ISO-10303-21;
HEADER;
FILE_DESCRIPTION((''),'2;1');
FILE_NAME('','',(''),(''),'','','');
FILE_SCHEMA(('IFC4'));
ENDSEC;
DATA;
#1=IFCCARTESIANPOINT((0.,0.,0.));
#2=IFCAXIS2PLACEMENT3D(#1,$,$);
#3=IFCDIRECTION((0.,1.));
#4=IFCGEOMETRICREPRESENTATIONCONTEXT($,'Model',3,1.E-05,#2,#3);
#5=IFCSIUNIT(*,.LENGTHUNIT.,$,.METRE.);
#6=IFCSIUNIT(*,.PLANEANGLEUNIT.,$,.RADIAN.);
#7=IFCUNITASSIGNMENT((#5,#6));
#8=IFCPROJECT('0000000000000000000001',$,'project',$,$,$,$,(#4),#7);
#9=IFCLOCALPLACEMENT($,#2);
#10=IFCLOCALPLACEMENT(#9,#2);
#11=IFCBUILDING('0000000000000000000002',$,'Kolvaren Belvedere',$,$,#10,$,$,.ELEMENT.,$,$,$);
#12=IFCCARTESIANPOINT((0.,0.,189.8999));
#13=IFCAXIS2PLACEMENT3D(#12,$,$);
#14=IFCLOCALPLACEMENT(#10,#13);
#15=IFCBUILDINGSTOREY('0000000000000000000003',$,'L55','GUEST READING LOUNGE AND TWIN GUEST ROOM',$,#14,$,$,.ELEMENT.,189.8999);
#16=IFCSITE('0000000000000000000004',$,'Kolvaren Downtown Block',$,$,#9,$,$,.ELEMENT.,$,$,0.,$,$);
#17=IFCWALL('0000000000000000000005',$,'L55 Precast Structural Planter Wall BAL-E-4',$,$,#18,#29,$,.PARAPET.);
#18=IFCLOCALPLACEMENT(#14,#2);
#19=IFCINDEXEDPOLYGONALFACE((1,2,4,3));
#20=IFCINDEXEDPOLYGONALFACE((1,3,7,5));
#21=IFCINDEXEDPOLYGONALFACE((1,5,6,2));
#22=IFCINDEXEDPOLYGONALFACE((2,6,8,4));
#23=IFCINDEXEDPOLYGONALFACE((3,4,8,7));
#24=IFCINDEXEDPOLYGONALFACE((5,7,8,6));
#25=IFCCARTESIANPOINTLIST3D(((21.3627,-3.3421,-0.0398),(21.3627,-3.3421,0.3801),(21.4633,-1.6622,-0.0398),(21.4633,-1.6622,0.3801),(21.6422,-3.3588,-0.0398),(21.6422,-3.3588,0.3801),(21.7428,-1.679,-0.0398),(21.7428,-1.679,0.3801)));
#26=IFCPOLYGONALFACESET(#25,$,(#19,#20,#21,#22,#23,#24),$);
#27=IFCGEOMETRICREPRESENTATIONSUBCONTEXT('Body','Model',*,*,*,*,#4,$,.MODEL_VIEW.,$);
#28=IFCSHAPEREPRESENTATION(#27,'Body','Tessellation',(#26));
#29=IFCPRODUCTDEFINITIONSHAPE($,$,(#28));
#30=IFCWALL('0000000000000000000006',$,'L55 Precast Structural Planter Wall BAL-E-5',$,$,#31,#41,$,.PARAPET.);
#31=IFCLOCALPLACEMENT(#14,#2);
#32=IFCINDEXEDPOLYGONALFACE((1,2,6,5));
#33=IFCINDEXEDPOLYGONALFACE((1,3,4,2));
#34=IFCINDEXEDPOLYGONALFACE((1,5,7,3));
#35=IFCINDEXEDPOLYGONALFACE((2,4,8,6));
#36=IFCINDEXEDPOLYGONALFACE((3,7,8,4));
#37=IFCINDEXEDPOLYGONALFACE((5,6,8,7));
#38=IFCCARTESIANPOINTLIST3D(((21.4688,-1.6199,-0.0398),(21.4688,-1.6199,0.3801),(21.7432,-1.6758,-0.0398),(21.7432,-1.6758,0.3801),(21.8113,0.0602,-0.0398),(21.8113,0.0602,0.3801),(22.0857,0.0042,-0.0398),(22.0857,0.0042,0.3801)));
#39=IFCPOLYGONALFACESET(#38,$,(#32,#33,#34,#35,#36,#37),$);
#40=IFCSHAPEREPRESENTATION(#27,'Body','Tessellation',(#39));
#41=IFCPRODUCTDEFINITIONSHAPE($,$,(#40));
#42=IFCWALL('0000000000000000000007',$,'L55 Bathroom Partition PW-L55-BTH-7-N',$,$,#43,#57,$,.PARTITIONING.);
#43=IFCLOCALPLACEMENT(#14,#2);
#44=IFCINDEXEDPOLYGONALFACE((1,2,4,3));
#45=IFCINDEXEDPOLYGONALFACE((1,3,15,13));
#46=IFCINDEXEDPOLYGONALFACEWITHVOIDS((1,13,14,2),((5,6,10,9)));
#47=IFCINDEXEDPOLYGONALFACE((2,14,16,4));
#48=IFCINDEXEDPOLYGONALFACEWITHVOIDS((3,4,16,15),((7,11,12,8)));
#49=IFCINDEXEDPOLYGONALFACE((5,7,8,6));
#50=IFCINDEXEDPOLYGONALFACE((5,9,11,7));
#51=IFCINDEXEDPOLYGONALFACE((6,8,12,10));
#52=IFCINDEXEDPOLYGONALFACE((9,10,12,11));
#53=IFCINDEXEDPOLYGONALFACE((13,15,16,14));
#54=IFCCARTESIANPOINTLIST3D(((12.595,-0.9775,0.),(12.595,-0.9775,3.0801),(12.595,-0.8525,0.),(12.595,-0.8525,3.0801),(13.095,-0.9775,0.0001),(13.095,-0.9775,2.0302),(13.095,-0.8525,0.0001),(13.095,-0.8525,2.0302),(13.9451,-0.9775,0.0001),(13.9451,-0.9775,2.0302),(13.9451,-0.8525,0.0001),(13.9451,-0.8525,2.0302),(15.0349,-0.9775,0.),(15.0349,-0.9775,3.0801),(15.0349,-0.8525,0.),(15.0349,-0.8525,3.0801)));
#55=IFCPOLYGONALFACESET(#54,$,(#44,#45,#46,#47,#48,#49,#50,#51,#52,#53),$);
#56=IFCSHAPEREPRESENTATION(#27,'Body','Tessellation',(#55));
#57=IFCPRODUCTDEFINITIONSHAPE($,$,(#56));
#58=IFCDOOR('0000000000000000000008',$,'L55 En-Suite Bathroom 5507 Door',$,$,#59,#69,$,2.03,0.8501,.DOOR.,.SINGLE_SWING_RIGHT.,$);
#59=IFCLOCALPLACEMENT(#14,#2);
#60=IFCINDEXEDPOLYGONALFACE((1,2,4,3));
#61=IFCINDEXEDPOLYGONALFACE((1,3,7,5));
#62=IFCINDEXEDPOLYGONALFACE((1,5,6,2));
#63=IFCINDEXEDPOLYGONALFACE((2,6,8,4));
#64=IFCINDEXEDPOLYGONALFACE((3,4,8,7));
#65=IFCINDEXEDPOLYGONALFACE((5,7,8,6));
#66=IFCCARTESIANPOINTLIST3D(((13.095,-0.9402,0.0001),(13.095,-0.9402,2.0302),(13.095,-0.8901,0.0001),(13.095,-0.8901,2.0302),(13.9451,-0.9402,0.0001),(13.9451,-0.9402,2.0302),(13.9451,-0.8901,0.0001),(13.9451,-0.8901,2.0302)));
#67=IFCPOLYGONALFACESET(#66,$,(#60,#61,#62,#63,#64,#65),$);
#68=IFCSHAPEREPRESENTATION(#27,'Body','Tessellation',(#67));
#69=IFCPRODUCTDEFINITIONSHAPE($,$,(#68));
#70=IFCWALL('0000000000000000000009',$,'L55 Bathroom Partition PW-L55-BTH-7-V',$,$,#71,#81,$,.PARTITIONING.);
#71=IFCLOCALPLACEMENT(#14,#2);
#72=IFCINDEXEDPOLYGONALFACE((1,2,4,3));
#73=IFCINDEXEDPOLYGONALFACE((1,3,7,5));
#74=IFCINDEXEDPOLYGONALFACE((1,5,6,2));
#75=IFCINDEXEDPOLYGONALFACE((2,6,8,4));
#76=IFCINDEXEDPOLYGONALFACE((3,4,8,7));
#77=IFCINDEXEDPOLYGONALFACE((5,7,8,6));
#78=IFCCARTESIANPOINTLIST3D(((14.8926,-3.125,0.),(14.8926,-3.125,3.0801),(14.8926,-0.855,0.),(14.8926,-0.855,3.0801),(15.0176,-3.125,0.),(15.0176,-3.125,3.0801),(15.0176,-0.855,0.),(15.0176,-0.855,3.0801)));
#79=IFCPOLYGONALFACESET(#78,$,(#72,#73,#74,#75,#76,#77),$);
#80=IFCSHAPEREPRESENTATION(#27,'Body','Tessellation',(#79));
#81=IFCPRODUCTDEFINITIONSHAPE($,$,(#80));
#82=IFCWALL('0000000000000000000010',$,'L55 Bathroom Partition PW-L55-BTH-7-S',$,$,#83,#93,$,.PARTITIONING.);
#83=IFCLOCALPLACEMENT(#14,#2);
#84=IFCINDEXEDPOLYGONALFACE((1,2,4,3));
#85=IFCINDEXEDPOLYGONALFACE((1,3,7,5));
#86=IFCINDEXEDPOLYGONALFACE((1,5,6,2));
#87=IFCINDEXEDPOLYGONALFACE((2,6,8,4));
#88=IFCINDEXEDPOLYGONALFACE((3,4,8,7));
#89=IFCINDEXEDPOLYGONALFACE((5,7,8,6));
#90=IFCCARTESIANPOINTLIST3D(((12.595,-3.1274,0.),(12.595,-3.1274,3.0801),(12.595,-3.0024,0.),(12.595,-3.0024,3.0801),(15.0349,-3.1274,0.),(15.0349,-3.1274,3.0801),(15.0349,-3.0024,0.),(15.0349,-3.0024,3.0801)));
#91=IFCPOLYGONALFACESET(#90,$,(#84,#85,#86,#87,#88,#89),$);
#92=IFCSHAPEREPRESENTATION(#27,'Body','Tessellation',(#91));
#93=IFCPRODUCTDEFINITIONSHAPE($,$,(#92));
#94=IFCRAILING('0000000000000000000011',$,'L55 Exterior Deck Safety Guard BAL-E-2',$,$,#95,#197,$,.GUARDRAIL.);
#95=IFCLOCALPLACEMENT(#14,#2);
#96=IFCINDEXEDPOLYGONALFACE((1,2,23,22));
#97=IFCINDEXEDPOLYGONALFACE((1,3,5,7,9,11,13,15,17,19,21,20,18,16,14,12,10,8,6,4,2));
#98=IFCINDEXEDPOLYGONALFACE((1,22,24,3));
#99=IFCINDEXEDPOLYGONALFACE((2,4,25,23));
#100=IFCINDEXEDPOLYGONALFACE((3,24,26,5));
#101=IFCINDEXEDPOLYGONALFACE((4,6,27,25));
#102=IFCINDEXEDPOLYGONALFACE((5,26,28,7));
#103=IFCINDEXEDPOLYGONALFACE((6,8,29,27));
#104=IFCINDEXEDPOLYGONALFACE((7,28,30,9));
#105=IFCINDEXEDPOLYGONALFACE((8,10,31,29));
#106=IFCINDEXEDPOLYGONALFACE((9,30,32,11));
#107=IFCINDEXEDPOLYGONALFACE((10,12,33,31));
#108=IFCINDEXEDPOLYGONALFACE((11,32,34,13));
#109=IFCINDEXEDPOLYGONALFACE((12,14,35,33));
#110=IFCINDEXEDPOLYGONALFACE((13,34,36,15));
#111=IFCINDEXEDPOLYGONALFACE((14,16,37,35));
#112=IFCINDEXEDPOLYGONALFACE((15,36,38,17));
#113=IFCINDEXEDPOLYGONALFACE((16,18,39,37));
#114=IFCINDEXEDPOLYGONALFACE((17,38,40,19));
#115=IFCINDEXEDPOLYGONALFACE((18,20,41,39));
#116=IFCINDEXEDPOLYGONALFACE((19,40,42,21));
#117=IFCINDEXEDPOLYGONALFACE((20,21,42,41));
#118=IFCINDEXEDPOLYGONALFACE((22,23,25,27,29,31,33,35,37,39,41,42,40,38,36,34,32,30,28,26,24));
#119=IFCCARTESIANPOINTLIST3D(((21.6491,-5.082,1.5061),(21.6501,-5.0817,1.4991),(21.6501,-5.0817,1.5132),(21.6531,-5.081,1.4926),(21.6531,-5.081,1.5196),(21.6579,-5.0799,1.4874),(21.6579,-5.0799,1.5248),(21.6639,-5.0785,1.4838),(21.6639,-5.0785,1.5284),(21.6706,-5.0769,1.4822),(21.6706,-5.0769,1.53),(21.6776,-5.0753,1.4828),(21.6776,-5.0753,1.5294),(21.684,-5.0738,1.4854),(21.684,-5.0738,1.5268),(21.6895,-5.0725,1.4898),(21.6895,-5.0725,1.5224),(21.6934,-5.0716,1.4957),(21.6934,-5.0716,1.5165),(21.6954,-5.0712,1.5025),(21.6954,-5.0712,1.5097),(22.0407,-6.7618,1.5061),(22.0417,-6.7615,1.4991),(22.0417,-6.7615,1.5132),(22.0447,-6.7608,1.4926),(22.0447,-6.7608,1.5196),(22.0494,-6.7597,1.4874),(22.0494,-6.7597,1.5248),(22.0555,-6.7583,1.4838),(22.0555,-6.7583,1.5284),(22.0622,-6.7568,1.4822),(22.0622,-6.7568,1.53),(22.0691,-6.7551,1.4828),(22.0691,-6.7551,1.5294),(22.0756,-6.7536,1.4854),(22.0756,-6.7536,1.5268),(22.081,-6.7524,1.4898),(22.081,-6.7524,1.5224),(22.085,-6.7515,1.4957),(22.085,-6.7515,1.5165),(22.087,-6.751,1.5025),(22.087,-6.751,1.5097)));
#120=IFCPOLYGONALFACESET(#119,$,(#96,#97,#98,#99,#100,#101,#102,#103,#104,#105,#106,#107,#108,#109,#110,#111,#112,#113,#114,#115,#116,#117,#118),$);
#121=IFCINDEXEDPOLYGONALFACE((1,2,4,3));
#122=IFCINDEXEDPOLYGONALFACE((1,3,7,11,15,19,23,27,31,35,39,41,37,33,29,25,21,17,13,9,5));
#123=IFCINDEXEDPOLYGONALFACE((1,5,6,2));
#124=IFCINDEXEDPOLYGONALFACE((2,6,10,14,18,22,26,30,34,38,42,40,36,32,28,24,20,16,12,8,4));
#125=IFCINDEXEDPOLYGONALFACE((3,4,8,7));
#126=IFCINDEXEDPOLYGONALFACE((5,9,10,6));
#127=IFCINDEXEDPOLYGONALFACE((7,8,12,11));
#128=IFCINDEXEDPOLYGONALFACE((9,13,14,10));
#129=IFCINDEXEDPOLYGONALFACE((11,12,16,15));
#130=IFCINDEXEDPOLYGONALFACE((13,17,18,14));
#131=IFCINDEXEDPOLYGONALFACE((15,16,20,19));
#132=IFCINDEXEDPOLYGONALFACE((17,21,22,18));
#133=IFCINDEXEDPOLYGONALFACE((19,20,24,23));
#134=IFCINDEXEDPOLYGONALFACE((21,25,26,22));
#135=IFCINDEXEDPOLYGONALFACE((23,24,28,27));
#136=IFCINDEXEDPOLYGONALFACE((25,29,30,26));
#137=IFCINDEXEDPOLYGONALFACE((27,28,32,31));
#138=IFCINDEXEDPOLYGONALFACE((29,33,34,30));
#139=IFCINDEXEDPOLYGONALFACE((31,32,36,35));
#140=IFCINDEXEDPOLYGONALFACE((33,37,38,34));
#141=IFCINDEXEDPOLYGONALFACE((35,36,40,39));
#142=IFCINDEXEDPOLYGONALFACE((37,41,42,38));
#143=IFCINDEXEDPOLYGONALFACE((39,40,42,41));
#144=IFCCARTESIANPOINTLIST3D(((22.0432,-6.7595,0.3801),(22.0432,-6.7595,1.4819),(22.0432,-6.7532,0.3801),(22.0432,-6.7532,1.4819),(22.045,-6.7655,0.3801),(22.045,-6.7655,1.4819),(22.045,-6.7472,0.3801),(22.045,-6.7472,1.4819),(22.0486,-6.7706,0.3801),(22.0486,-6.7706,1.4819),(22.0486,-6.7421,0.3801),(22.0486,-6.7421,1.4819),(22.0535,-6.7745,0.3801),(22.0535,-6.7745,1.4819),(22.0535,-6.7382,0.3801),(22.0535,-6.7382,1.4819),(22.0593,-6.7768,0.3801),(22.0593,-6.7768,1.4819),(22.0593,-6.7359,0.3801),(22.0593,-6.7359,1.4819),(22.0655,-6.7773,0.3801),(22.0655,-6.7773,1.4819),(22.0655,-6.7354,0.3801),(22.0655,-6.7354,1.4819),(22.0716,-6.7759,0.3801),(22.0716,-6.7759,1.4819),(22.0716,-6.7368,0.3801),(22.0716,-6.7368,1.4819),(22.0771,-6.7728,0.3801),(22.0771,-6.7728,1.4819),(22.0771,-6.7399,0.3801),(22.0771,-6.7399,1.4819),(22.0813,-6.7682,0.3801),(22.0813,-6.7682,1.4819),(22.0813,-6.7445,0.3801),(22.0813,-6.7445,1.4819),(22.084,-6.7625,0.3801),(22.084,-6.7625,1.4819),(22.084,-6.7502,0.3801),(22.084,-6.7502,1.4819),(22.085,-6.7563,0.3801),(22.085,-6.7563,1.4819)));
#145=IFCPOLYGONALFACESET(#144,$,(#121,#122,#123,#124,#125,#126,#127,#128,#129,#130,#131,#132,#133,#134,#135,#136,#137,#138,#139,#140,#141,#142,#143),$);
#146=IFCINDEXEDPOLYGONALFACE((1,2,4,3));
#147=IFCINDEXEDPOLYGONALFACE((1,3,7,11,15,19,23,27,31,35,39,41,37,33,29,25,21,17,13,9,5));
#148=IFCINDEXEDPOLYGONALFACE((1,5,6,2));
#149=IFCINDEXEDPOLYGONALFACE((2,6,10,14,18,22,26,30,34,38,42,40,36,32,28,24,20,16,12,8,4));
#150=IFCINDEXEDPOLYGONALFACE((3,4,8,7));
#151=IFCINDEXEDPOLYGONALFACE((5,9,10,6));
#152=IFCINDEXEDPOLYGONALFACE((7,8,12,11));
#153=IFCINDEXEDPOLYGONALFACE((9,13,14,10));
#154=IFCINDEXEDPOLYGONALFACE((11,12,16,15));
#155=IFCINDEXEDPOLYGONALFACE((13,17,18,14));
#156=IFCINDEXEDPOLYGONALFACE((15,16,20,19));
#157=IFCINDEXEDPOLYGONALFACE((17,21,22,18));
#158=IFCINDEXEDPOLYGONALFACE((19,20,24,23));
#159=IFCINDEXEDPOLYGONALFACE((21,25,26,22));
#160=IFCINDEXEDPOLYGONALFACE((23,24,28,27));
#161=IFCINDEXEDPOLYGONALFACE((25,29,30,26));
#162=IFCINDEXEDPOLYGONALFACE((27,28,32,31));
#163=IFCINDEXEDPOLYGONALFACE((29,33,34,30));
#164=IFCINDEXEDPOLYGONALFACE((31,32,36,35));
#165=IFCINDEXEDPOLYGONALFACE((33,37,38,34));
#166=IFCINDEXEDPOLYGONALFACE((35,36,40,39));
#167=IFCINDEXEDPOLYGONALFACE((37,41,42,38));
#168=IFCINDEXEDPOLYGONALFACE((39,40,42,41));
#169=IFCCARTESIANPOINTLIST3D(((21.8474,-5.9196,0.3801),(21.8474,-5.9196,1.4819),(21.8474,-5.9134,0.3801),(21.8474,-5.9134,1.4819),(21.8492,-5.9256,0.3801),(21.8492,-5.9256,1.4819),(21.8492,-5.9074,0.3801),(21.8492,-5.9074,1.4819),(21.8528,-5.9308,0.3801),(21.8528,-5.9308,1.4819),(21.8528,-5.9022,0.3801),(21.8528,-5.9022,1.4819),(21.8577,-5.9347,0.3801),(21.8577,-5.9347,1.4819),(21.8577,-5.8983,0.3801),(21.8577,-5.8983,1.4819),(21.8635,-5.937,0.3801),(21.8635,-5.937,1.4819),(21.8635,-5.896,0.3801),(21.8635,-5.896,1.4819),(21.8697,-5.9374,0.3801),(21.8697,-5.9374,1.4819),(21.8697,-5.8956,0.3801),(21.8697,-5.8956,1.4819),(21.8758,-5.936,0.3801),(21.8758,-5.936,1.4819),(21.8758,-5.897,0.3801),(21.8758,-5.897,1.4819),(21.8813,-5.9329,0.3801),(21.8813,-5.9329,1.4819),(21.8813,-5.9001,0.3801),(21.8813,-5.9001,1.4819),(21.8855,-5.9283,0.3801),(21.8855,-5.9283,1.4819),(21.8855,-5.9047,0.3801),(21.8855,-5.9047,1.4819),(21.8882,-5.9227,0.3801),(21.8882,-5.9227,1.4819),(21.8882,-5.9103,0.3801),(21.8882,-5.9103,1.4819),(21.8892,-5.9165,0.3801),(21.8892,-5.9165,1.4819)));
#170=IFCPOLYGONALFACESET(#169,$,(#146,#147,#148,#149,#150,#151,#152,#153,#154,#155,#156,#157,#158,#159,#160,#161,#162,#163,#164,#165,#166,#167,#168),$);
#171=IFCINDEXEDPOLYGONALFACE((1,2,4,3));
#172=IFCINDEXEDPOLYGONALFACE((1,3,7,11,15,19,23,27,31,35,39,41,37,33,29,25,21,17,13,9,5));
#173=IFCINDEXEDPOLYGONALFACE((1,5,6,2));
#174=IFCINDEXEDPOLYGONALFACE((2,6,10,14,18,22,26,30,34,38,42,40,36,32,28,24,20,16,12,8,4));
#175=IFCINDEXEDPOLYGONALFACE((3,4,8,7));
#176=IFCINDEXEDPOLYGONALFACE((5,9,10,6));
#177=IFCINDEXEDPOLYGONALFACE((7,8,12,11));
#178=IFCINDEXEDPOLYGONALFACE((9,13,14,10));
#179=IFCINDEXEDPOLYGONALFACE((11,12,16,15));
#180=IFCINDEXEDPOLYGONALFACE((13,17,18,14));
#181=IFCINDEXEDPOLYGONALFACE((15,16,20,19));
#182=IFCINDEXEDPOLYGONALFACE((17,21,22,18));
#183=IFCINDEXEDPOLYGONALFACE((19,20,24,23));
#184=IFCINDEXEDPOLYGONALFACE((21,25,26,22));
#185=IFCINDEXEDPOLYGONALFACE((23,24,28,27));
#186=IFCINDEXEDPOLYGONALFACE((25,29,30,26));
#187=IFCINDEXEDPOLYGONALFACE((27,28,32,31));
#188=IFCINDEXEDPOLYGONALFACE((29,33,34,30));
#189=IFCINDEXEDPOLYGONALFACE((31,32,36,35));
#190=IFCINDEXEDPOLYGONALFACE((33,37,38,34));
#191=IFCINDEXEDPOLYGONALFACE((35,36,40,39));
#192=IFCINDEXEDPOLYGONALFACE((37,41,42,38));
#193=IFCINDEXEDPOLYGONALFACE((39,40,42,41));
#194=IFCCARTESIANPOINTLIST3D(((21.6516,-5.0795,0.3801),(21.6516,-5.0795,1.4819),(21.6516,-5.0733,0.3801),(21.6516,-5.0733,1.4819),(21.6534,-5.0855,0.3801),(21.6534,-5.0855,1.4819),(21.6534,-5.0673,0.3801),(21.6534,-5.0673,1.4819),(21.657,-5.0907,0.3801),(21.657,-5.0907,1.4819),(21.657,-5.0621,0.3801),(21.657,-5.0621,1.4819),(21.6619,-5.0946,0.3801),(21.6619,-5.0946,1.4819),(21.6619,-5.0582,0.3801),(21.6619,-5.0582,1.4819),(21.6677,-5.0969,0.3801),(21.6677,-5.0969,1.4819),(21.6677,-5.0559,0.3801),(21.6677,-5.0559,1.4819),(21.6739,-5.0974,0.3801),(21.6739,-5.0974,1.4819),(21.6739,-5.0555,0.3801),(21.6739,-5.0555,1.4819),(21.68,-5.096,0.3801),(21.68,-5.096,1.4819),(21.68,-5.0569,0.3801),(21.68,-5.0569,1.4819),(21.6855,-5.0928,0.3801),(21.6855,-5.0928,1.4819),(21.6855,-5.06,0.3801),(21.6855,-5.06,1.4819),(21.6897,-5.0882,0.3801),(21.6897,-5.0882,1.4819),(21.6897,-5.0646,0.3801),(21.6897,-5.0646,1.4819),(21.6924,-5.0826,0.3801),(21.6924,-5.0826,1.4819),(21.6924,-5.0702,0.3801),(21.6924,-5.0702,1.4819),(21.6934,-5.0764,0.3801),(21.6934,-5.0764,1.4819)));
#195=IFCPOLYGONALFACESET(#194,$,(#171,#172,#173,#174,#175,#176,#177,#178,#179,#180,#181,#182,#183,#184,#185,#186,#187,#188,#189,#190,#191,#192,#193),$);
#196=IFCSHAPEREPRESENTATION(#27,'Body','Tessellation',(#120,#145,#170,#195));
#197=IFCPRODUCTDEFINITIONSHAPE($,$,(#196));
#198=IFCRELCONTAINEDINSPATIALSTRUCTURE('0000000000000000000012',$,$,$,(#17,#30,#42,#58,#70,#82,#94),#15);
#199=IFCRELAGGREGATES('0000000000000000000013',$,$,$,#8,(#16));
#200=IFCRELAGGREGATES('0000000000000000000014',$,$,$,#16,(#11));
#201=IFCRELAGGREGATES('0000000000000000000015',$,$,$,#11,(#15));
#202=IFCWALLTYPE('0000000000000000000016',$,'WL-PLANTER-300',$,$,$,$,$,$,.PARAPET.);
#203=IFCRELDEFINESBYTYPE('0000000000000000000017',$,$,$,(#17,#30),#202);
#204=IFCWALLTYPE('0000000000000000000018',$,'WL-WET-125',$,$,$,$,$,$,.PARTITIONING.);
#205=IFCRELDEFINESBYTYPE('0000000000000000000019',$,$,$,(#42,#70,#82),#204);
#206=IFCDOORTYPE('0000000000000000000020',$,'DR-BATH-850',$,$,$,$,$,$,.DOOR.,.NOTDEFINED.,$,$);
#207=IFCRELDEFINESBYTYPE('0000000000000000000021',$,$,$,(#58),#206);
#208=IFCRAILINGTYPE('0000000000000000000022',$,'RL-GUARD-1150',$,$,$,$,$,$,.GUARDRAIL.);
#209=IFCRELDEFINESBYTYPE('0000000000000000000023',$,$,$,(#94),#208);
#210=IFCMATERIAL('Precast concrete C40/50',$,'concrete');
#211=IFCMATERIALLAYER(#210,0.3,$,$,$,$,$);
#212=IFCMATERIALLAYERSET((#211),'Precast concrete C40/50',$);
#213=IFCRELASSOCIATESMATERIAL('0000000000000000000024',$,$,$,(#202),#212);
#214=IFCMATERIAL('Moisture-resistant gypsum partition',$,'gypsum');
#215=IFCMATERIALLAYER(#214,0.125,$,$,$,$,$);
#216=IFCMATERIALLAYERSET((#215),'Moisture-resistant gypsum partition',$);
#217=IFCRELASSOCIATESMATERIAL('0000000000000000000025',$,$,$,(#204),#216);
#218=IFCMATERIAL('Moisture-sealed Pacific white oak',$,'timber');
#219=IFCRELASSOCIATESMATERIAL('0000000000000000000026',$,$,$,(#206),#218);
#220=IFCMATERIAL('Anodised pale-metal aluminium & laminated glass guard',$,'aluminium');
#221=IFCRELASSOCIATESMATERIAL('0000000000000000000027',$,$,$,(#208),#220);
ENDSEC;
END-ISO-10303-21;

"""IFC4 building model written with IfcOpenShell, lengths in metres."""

from ifc_helpers import new_model, si_unit, direction, frame, frame_2d, origin, origin_2d, place, context, subcontext, project, spatial, rectangle, circle, extrude, material, layer, layer_set, type_object, element, fill, save


model = new_model("IFC4")

# Units and contexts
model_context = context("Model", 3, precision=1e-05, world=origin(), true_north=direction((0.0, 1.0)))
body_context = subcontext(model_context, "Body", "Model", "MODEL_VIEW")
ifc_project = project(units=[si_unit("LENGTHUNIT", "METRE"), si_unit("PLANEANGLEUNIT", "RADIAN")], contexts=[model_context])

# Site, building, storey
site_placement = place(None, origin())
site = spatial("IfcSite", under=ifc_project, at=site_placement, Name="Kolvaren Downtown Block", CompositionType="ELEMENT", RefElevation=0.0)
building_placement = place(site_placement, origin())
building = spatial("IfcBuilding", under=site, at=building_placement, Name="Kolvaren Belvedere", CompositionType="ELEMENT")
storey_placement = place(building_placement, frame((0.0, 0.0, 189.8999)))
storey = spatial("IfcBuildingStorey", under=building, at=storey_placement, Name="L55", Description="GUEST READING LOUNGE AND TWIN GUEST ROOM", CompositionType="ELEMENT", Elevation=189.8999)

# Walls
ifc_material_1 = material(Name="Precast concrete C40/50", Category="concrete")
ifc_layer_1 = layer(ifc_material_1, 0.3)
ifc_layer_set_1 = layer_set([ifc_layer_1], Name="Precast concrete C40/50")
wall_type_1 = type_object("IfcWallType", Name="WL-PLANTER-300", PredefinedType="PARAPET", material=ifc_layer_set_1)
wall_1_placement = place(storey_placement, frame((21.5024, -3.3503, -0.0398), z_axis=(0.0, 0.0, 1.0), x_axis=(0.059768, 0.998212, 0.0)))
element("IfcWall", 1, at=wall_1_placement, inside=storey, type_object=wall_type_1, Name="L55 Precast Structural Planter Wall BAL-E-4", PredefinedType="PARAPET", context=body_context, shape_type="SweptSolid", body=[
    extrude(rectangle(XDim=1.6829, YDim=0.28, at=frame_2d((0.8413, 0.0))), origin(), (0.0, 0.0, 1.0), 0.4199),
])
wall_2_placement = place(storey_placement, frame((21.606, -1.6479, -0.0398), z_axis=(0.0, 0.0, 1.0), x_axis=(0.199784, 0.97984, 0.0)))
element("IfcWall", 2, at=wall_2_placement, inside=storey, type_object=wall_type_1, Name="L55 Precast Structural Planter Wall BAL-E-5", PredefinedType="PARAPET", context=body_context, shape_type="SweptSolid", body=[
    extrude(rectangle(XDim=1.7146, YDim=0.28, at=frame_2d((0.8574, 0.0))), origin(), (0.0, 0.0, 1.0), 0.4199),
])

# Wall, opening, door
ifc_material_2 = material(Name="Moisture-resistant gypsum partition", Category="gypsum")
ifc_layer_2 = layer(ifc_material_2, 0.125)
ifc_layer_set_2 = layer_set([ifc_layer_2], Name="Moisture-resistant gypsum partition")
wall_type_2 = type_object("IfcWallType", Name="WL-WET-125", PredefinedType="PARTITIONING", material=ifc_layer_set_2)
wall_3_placement = place(storey_placement, frame((12.595, -0.915, 0.0), z_axis=(0.0, 0.0, 1.0), x_axis=(1.0, 0.0, 0.0)))
wall_3 = element("IfcWall", 3, at=wall_3_placement, inside=storey, type_object=wall_type_2, Name="L55 Bathroom Partition PW-L55-BTH-7-N", PredefinedType="PARTITIONING", context=body_context, shape_type="SweptSolid", body=[
    extrude(rectangle(XDim=2.4399, YDim=0.125, at=frame_2d((1.22, 0.0))), origin(), (0.0, 0.0, 1.0), 3.0801),
])
opening_placement = place(wall_3_placement, frame((0.5, 0.0, 0.0)))
opening = element("IfcOpeningElement", 4, at=opening_placement, cuts=wall_3, PredefinedType="OPENING", context=body_context, shape_type="SweptSolid", body=[
    extrude(rectangle(XDim=0.8501, YDim=2.03, at=frame_2d((0.425, 1.0151))), frame((0.0, 0.0725, 0.0), z_axis=(0.0, -1.0, 0.0), x_axis=(1.0, 0.0, 0.0)), (0.0, 0.0, 1.0), 0.145),
])
ifc_material_3 = material(Name="Moisture-sealed Pacific white oak", Category="timber")
door_type = type_object("IfcDoorType", Name="DR-BATH-850", OperationType="NOTDEFINED", PredefinedType="DOOR", material=ifc_material_3)
door_placement = place(opening_placement, origin())
door = element("IfcDoor", 5, at=door_placement, inside=storey, type_object=door_type, Name="L55 En-Suite Bathroom 5507 Door", OperationType="SINGLE_SWING_RIGHT", OverallHeight=2.03, OverallWidth=0.8501, PredefinedType="DOOR", context=body_context, shape_type="SweptSolid", body=[
    extrude(rectangle(XDim=0.8501, YDim=2.03, at=frame_2d((0.425, 1.0151))), frame((0.0, 0.0249, 0.0), z_axis=(0.0, -1.0, 0.0), x_axis=(1.0, 0.0, 0.0)), (0.0, 0.0, 1.0), 0.05),
])
fill(opening, door)

# Walls
wall_4_placement = place(storey_placement, frame((14.9551, -3.125, 0.0), z_axis=(0.0, 0.0, 1.0), x_axis=(0.0, 1.0, 0.0)))
element("IfcWall", 6, at=wall_4_placement, inside=storey, type_object=wall_type_2, Name="L55 Bathroom Partition PW-L55-BTH-7-V", PredefinedType="PARTITIONING", context=body_context, shape_type="SweptSolid", body=[
    extrude(rectangle(XDim=2.27, YDim=0.125, at=frame_2d((1.135, 0.0))), origin(), (0.0, 0.0, 1.0), 3.0801),
])
wall_5_placement = place(storey_placement, frame((12.595, -3.0649, 0.0), z_axis=(0.0, 0.0, 1.0), x_axis=(1.0, 0.0, 0.0)))
element("IfcWall", 7, at=wall_5_placement, inside=storey, type_object=wall_type_2, Name="L55 Bathroom Partition PW-L55-BTH-7-S", PredefinedType="PARTITIONING", context=body_context, shape_type="SweptSolid", body=[
    extrude(rectangle(XDim=2.4399, YDim=0.125, at=frame_2d((1.22, 0.0))), origin(), (0.0, 0.0, 1.0), 3.0801),
])

# Railing
ifc_material_4 = material(Name="Anodised pale-metal aluminium & laminated glass guard", Category="aluminium")
railing_type = type_object("IfcRailingType", Name="RL-GUARD-1150", PredefinedType="GUARDRAIL", material=ifc_material_4)
railing_1_placement = place(storey_placement, frame((22.064, -6.7563, 0.3801)))
element("IfcRailing", 8, at=railing_1_placement, inside=storey, type_object=railing_type, Name="L55 Exterior Deck Safety Guard BAL-E-2", PredefinedType="GUARDRAIL", context=body_context, shape_type="SweptSolid", body=[
    extrude(circle(Radius=0.0239, at=origin_2d()), frame((0.0, 0.0, 1.126), z_axis=(-0.227019, 0.97389, 0.0), x_axis=(-0.97389, -0.227019, 0.0)), (0.0, 0.0, 1.0), 1.7249),
    extrude(circle(Radius=0.021, at=origin_2d()), origin(), (0.0, 0.0, 1.0), 1.1018),
    extrude(circle(Radius=0.021, at=origin_2d()), frame((-0.1958, 0.8398, 0.0)), (0.0, 0.0, 1.0), 1.1018),
    extrude(circle(Radius=0.021, at=origin_2d()), frame((-0.3916, 1.6799, 0.0)), (0.0, 0.0, 1.0), 1.1018),
])

save(model, "model.ifc")
